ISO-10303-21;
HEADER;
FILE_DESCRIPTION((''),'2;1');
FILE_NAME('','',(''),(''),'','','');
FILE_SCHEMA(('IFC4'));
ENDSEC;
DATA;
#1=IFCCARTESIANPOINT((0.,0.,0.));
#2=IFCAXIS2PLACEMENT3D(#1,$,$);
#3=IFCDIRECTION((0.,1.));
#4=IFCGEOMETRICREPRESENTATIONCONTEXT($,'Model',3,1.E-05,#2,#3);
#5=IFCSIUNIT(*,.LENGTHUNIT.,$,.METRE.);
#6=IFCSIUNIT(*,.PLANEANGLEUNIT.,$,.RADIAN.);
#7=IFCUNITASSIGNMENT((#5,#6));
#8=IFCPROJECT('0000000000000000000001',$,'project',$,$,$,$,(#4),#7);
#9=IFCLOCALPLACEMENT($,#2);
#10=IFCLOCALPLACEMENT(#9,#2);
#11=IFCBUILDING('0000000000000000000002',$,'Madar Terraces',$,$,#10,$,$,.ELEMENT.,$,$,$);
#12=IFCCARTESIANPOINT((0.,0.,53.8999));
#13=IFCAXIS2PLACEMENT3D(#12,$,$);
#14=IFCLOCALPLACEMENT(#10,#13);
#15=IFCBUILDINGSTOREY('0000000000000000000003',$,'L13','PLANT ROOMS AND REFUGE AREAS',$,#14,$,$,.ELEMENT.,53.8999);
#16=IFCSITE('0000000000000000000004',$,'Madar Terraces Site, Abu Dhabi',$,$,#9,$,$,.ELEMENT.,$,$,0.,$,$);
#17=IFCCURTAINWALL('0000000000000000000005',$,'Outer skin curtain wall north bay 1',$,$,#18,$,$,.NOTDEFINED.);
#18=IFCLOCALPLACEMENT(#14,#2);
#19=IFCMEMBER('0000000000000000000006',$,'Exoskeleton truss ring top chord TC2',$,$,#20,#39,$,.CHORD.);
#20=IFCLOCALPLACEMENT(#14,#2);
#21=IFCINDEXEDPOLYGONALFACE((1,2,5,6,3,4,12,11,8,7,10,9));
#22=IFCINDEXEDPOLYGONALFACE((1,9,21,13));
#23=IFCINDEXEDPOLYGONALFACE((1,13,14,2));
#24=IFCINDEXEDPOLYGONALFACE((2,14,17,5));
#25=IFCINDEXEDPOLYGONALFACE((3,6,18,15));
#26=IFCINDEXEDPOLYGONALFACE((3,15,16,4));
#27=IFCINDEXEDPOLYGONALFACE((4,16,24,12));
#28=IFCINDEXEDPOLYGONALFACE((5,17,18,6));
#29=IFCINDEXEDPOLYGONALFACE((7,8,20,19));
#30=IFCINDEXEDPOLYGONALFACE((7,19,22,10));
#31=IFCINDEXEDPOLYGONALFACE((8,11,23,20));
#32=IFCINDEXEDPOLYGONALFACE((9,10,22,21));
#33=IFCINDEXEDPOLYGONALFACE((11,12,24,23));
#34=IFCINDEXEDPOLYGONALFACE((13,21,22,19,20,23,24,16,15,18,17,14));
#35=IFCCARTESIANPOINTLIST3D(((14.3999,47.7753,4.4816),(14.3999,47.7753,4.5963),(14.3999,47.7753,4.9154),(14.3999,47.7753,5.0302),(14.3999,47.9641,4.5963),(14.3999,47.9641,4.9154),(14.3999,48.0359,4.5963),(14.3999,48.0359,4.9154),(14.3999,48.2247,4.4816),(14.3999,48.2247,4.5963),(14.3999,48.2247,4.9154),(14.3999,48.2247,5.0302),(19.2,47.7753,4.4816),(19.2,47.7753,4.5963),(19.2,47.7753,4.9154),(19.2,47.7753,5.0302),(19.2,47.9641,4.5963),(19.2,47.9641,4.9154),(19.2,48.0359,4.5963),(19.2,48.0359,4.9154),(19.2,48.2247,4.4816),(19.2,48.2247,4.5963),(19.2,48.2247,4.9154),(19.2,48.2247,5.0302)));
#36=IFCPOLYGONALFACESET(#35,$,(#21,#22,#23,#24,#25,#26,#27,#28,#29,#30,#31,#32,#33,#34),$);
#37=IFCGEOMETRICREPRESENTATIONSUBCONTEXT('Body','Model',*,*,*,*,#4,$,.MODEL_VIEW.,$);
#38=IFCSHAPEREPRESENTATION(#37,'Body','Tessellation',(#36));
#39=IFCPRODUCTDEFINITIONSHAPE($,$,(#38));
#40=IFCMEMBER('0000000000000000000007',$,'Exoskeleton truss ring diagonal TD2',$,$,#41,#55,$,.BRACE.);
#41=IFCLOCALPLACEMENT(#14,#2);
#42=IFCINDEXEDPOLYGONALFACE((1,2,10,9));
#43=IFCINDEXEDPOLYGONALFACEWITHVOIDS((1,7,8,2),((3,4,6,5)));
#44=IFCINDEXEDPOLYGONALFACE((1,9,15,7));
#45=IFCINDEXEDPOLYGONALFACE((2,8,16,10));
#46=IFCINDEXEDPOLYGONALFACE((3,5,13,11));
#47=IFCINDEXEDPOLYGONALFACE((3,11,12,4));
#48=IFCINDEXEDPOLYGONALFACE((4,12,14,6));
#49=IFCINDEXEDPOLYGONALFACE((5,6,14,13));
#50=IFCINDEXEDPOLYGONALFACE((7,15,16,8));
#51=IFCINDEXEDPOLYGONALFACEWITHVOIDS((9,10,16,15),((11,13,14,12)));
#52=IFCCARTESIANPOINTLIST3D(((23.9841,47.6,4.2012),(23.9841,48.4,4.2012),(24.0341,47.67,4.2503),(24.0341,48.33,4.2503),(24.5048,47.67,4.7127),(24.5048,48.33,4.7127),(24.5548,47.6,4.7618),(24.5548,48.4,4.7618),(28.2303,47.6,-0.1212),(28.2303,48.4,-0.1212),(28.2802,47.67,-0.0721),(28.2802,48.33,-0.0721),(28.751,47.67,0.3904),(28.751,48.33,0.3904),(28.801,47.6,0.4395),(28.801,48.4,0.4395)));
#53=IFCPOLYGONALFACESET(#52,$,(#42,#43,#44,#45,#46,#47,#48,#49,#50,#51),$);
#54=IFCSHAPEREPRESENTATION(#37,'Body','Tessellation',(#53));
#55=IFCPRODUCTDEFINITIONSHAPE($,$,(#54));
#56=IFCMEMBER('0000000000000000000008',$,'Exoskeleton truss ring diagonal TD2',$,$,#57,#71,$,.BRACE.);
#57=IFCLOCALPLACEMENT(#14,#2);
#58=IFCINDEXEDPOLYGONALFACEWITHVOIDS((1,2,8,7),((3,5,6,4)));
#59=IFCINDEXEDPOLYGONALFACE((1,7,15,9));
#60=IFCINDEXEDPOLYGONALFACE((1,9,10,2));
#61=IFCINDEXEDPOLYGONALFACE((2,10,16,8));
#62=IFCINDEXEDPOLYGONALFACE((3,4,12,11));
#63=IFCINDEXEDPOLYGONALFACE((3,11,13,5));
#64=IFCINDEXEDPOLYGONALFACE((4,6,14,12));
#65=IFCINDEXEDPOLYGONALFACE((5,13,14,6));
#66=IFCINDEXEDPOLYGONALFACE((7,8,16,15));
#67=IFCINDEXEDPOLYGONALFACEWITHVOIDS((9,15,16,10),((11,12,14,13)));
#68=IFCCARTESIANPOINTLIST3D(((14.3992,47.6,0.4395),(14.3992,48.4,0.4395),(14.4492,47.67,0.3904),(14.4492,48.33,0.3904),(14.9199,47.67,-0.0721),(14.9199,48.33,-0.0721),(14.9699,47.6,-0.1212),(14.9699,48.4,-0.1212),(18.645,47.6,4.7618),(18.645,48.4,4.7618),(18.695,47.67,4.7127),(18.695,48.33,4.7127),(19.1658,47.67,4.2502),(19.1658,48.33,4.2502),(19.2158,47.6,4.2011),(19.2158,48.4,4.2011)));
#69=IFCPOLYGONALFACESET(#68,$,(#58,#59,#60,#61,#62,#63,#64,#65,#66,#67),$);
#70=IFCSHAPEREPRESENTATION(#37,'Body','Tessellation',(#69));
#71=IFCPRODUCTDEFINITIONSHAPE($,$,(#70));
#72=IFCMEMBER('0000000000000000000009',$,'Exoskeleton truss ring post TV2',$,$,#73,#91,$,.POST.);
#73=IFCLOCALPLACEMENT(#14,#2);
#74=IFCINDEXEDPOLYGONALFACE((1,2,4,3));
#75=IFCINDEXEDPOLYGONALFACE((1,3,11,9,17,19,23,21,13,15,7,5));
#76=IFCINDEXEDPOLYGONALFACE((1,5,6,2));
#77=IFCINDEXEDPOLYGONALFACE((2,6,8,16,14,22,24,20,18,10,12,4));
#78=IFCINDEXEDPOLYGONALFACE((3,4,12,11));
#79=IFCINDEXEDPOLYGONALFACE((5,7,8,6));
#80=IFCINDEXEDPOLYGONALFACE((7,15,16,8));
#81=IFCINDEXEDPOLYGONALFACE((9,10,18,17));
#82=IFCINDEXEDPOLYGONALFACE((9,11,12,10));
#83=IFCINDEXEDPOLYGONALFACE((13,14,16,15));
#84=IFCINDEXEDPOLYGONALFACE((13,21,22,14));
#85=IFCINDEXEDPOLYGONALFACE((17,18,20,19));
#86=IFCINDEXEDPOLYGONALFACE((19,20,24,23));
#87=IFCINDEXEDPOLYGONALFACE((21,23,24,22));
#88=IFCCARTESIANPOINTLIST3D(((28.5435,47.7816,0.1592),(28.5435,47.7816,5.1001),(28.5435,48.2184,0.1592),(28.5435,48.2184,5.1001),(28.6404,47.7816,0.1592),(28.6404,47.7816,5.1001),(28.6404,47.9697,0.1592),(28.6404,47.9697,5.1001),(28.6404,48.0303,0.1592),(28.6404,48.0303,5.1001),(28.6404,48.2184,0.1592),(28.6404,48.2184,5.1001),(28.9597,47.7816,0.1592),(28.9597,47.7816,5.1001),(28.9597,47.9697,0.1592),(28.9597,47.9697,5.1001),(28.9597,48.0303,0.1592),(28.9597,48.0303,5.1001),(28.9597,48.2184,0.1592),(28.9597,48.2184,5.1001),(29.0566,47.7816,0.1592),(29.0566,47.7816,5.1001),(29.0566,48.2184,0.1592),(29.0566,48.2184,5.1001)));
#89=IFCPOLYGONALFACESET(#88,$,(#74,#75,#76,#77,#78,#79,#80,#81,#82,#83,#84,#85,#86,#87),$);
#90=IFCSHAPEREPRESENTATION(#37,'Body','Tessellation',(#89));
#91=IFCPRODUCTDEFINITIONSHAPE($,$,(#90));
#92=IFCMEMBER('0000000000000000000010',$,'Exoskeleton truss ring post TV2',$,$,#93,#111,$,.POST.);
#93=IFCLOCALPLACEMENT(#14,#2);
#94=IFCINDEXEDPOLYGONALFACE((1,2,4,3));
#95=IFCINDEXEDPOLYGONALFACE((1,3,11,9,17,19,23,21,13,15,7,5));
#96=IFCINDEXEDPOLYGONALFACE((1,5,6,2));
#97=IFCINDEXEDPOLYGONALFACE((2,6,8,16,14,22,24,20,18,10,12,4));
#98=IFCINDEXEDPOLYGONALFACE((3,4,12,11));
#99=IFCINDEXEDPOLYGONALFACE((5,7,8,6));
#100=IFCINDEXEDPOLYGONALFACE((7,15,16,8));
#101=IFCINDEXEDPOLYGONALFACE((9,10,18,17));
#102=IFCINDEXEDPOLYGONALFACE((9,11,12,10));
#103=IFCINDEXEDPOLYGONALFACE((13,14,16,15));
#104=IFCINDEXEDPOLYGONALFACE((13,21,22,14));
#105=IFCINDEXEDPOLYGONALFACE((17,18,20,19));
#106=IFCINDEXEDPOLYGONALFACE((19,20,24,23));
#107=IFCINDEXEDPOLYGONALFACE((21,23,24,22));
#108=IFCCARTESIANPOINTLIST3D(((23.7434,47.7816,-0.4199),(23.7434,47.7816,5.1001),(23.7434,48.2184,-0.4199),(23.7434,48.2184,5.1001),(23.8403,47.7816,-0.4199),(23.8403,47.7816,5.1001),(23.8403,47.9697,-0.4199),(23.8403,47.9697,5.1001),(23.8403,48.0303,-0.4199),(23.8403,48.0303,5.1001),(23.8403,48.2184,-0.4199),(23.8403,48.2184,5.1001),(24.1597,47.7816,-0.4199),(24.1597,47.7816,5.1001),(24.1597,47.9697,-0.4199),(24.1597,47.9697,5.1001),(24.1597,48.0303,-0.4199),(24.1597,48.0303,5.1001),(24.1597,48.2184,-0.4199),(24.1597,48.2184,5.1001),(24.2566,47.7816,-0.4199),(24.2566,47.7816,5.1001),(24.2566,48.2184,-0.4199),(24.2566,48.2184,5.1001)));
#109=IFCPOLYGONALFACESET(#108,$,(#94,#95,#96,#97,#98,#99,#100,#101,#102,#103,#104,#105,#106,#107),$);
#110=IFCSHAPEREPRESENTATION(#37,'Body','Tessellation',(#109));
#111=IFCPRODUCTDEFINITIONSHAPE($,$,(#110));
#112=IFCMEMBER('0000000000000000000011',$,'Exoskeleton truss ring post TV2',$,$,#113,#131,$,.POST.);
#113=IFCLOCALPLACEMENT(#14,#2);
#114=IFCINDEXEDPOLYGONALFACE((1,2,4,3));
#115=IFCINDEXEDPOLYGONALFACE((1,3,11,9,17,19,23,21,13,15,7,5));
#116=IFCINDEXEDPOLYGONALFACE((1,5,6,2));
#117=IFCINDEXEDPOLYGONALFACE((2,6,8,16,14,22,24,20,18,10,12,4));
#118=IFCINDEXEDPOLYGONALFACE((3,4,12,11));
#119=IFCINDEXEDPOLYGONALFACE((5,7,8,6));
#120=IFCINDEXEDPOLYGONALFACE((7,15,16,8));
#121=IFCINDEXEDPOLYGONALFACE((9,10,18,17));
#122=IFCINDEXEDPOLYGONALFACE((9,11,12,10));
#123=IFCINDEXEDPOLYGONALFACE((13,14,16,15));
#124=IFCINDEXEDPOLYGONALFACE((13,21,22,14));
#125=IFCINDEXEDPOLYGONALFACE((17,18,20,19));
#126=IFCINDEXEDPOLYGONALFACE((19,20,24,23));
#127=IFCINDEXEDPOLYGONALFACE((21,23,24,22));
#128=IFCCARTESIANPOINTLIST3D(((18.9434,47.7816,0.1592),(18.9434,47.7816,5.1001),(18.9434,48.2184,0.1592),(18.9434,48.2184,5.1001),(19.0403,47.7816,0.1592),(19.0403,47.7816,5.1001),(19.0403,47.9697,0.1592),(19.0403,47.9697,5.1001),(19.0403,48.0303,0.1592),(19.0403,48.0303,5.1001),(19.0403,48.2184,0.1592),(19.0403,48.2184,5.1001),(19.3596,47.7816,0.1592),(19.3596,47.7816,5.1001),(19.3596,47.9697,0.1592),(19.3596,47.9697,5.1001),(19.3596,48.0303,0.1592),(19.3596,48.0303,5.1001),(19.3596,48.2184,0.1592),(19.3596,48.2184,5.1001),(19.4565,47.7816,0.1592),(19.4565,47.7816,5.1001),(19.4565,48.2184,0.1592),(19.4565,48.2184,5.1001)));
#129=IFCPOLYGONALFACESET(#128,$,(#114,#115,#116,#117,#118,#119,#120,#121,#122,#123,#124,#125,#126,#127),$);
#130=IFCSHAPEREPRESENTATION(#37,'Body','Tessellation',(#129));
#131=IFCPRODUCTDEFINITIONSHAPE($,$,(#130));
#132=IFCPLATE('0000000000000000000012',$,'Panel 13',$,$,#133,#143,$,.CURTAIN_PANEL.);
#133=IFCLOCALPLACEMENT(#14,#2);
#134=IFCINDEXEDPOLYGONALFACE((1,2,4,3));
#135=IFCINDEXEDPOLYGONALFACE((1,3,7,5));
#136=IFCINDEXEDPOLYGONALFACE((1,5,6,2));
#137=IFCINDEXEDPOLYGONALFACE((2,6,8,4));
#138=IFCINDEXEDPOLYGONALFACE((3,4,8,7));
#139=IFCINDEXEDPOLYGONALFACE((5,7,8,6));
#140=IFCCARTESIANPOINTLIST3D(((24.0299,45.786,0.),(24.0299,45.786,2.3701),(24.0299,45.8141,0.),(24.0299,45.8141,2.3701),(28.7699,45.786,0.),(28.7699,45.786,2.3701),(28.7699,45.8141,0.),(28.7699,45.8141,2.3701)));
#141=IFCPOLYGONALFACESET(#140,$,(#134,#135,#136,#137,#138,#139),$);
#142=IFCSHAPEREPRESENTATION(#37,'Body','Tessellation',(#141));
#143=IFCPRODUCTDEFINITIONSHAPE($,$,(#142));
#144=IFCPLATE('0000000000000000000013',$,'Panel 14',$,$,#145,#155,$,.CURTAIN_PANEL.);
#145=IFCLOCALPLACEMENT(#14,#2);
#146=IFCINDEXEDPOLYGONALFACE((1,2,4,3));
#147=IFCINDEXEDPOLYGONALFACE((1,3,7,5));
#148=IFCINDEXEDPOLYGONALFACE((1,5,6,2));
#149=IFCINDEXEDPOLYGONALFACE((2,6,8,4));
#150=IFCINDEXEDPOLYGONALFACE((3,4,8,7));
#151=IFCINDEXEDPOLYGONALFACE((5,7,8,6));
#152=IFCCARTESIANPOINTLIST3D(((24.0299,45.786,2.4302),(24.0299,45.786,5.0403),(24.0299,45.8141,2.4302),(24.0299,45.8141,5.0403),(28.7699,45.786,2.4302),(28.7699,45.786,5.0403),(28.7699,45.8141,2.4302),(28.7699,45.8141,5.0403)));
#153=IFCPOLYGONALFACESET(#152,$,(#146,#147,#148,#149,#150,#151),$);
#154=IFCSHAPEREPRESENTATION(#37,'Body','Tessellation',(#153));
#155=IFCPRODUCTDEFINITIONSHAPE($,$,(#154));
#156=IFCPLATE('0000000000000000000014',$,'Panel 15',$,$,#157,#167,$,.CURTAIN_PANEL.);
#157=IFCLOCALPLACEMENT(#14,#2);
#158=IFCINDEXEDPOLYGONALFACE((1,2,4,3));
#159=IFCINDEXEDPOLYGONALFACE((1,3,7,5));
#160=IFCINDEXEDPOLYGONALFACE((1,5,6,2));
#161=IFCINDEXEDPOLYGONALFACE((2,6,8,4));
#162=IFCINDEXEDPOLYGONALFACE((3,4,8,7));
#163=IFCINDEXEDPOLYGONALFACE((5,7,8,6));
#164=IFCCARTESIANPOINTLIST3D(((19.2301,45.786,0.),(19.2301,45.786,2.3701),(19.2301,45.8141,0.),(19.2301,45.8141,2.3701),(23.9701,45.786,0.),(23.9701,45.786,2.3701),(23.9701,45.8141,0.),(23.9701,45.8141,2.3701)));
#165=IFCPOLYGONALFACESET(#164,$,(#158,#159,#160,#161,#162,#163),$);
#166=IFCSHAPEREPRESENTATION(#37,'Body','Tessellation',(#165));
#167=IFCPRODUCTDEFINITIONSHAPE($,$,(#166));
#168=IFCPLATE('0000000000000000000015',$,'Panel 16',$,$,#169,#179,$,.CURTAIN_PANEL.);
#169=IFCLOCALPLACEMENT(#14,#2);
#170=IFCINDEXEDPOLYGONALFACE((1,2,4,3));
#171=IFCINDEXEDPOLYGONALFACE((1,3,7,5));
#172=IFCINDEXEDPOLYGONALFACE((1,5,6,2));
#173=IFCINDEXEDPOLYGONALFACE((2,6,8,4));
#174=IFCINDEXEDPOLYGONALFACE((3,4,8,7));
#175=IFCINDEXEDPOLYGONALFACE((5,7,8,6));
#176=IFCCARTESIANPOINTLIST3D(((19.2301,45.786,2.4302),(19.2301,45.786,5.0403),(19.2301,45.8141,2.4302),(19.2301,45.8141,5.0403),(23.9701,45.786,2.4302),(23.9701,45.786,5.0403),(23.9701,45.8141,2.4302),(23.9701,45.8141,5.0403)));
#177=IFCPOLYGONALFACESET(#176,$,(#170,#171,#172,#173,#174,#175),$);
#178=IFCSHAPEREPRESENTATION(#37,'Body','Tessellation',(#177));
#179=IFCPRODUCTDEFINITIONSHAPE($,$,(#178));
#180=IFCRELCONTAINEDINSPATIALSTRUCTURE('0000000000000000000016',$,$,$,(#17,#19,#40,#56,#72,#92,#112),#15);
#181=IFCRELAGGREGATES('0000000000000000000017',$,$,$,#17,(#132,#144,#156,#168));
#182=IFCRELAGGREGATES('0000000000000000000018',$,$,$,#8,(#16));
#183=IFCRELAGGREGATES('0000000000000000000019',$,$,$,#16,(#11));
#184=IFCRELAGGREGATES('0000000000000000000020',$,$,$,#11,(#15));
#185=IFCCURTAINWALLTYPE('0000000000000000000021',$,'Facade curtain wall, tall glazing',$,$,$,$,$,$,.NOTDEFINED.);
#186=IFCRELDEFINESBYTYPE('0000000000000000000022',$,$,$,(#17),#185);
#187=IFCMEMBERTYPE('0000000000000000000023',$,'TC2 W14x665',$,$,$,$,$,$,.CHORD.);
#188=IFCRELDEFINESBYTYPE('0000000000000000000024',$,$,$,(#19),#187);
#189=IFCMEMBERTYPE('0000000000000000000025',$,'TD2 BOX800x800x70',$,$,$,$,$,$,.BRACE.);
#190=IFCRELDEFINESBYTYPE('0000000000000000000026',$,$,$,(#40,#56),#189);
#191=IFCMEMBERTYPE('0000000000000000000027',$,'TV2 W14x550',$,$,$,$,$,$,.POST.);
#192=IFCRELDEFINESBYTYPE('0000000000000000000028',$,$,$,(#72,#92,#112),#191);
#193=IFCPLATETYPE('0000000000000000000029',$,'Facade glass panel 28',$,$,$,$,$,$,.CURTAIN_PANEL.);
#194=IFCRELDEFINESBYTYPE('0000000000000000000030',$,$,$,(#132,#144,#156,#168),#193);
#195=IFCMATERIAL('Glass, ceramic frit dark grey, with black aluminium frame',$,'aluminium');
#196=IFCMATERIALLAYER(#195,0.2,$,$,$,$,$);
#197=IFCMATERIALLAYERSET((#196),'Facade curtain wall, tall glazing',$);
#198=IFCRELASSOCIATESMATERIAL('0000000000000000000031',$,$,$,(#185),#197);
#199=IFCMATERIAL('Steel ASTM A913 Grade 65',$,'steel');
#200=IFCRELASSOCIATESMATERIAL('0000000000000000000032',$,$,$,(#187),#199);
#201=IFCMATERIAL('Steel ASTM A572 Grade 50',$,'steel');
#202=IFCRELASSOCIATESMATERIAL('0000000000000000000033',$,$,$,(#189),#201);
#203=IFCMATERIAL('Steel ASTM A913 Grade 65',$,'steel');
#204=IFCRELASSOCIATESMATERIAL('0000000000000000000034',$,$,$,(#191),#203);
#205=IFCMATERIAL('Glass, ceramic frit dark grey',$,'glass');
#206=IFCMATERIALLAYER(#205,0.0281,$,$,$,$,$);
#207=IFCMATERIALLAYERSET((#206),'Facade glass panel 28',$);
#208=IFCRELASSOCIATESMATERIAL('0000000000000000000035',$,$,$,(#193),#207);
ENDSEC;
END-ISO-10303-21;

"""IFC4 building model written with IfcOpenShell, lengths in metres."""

from ifc_helpers import new_model, si_unit, direction, frame, origin, origin_2d, place, context, subcontext, project, spatial, rectangle, hollow_rectangle, i_section, extrude, material, layer, layer_set, material_profile, profile_set, type_object, element, aggregate, save


model = new_model("IFC4")

# Units and contexts
model_context = context("Model", 3, precision=1e-05, world=origin(), true_north=direction((0.0, 1.0)))
body_context = subcontext(model_context, "Body", "Model", "MODEL_VIEW")
ifc_project = project(units=[si_unit("LENGTHUNIT", "METRE"), si_unit("PLANEANGLEUNIT", "RADIAN")], contexts=[model_context])

# Site, building, storey
site_placement = place(None, origin())
site = spatial("IfcSite", under=ifc_project, at=site_placement, Name="Madar Terraces Site, Abu Dhabi", CompositionType="ELEMENT", RefElevation=0.0)
building_placement = place(site_placement, origin())
building = spatial("IfcBuilding", under=site, at=building_placement, Name="Madar Terraces", CompositionType="ELEMENT")
storey_placement = place(building_placement, frame((0.0, 0.0, 53.8999)))
storey = spatial("IfcBuildingStorey", under=building, at=storey_placement, Name="L13", Description="PLANT ROOMS AND REFUGE AREAS", CompositionType="ELEMENT", Elevation=53.8999)

# Curtain wall
ifc_material_1 = material(Name="Glass, ceramic frit dark grey, with black aluminium frame", Category="aluminium")
ifc_layer_1 = layer(ifc_material_1, 0.2)
ifc_layer_set_1 = layer_set([ifc_layer_1], Name="Facade curtain wall, tall glazing")
curtain_wall_type = type_object("IfcCurtainWallType", Name="Facade curtain wall, tall glazing", PredefinedType="NOTDEFINED", material=ifc_layer_set_1)
curtain_wall_placement = place(storey_placement, origin())
curtain_wall = element("IfcCurtainWall", 1, at=curtain_wall_placement, inside=storey, type_object=curtain_wall_type, Name="Outer skin curtain wall north bay 1", PredefinedType="NOTDEFINED")

# Members
ifc_material_2 = material(Name="Steel ASTM A913 Grade 65", Category="steel")
ifc_material_profile_1 = material_profile(ifc_material_2, i_section(OverallWidth=0.4495, OverallDepth=0.5486, WebThickness=0.0718, FlangeThickness=0.1147, at=origin_2d()), Name="W14x665")
ifc_profile_set_1 = profile_set([ifc_material_profile_1], Name="Steel ASTM A913 Grade 65")
member_type_1 = type_object("IfcMemberType", Name="TC2 W14x665", PredefinedType="CHORD", material=ifc_profile_set_1)
for number, where, z_axis, x_axis, name in (
    (2, (19.2, 48.0, 4.7559), (-1.0, 0.0, 0.0), (0.0, -1.0, 0.0), "Exoskeleton truss ring top chord TC2"),
):
    element("IfcMember", number, at=place(storey_placement, frame(where, z_axis=z_axis, x_axis=x_axis)), inside=storey, type_object=member_type_1, Name=name, PredefinedType="CHORD", context=body_context, shape_type="SweptSolid", body=[
        extrude(i_section(OverallWidth=0.4495, OverallDepth=0.5486, WebThickness=0.0718, FlangeThickness=0.1147, at=origin_2d()), origin(), (0.0, 0.0, 1.0), 4.8),
    ])
ifc_material_3 = material(Name="Steel ASTM A572 Grade 50", Category="steel")
ifc_material_profile_2 = material_profile(ifc_material_3, hollow_rectangle(XDim=0.8, YDim=0.8, WallThickness=0.0701, at=origin_2d()), Name="BOX800x800x70")
ifc_profile_set_2 = profile_set([ifc_material_profile_2], Name="Steel ASTM A572 Grade 50")
member_type_2 = type_object("IfcMemberType", Name="TD2 BOX800x800x70", PredefinedType="BRACE", material=ifc_profile_set_2)
member_1_placement = place(storey_placement, frame((28.5156, 48.0, 0.1592), z_axis=(-0.700793, 0.0, 0.713365), x_axis=(0.0, -1.0, 0.0)))
element("IfcMember", 3, at=member_1_placement, inside=storey, type_object=member_type_2, Name="Exoskeleton truss ring diagonal TD2", PredefinedType="BRACE", context=body_context, shape_type="SweptSolid", body=[
    extrude(hollow_rectangle(XDim=0.8, YDim=0.8, WallThickness=0.0701, at=origin_2d()), origin(), (0.0, 0.0, 1.0), 6.0591),
])
member_2_placement = place(storey_placement, frame((18.9304, 48.0, 4.4814), z_axis=(-0.700772, 0.0, -0.713385), x_axis=(0.0, -1.0, 0.0)))
element("IfcMember", 4, at=member_2_placement, inside=storey, type_object=member_type_2, Name="Exoskeleton truss ring diagonal TD2", PredefinedType="BRACE", context=body_context, shape_type="SweptSolid", body=[
    extrude(hollow_rectangle(XDim=0.8, YDim=0.8, WallThickness=0.0701, at=origin_2d()), origin(), (0.0, 0.0, 1.0), 6.0588),
])
ifc_material_4 = material(Name="Steel ASTM A913 Grade 65", Category="steel")
ifc_material_profile_3 = material_profile(ifc_material_4, i_section(OverallWidth=0.4368, OverallDepth=0.5132, WebThickness=0.0605, FlangeThickness=0.0969, at=origin_2d()), Name="W14x550")
ifc_profile_set_3 = profile_set([ifc_material_profile_3], Name="Steel ASTM A913 Grade 65")
member_type_3 = type_object("IfcMemberType", Name="TV2 W14x550", PredefinedType="POST", material=ifc_profile_set_3)
member_3_placement = place(storey_placement, frame((28.8, 48.0, 0.1592), z_axis=(0.0, 0.0, 1.0), x_axis=(0.0, -1.0, 0.0)))
element("IfcMember", 5, at=member_3_placement, inside=storey, type_object=member_type_3, Name="Exoskeleton truss ring post TV2", PredefinedType="POST", context=body_context, shape_type="SweptSolid", body=[
    extrude(i_section(OverallWidth=0.4368, OverallDepth=0.5132, WebThickness=0.0605, FlangeThickness=0.0969, at=origin_2d()), origin(), (0.0, 0.0, 1.0), 4.9409),
])
member_4_placement = place(storey_placement, frame((24.0, 48.0, -0.4199), z_axis=(0.0, 0.0, 1.0), x_axis=(0.0, -1.0, 0.0)))
element("IfcMember", 6, at=member_4_placement, inside=storey, type_object=member_type_3, Name="Exoskeleton truss ring post TV2", PredefinedType="POST", context=body_context, shape_type="SweptSolid", body=[
    extrude(i_section(OverallWidth=0.4368, OverallDepth=0.5132, WebThickness=0.0605, FlangeThickness=0.0969, at=origin_2d()), origin(), (0.0, 0.0, 1.0), 5.52),
])
member_5_placement = place(storey_placement, frame((19.2, 48.0, 0.1592), z_axis=(0.0, 0.0, 1.0), x_axis=(0.0, -1.0, 0.0)))
element("IfcMember", 7, at=member_5_placement, inside=storey, type_object=member_type_3, Name="Exoskeleton truss ring post TV2", PredefinedType="POST", context=body_context, shape_type="SweptSolid", body=[
    extrude(i_section(OverallWidth=0.4368, OverallDepth=0.5132, WebThickness=0.0605, FlangeThickness=0.0969, at=origin_2d()), origin(), (0.0, 0.0, 1.0), 4.9409),
])

# Plates
ifc_material_5 = material(Name="Glass, ceramic frit dark grey", Category="glass")
ifc_layer_2 = layer(ifc_material_5, 0.0281)
ifc_layer_set_2 = layer_set([ifc_layer_2], Name="Facade glass panel 28")
plate_type = type_object("IfcPlateType", Name="Facade glass panel 28", PredefinedType="CURTAIN_PANEL", material=ifc_layer_set_2)
plate_1_placement = place(storey_placement, frame((26.3999, 45.8, 0.0), z_axis=(0.0, 0.0, 1.0), x_axis=(-1.0, 0.0, 0.0)))
plate_1 = element("IfcPlate", 8, at=plate_1_placement, type_object=plate_type, Name="Panel 13", PredefinedType="CURTAIN_PANEL", context=body_context, shape_type="SweptSolid", body=[
    extrude(rectangle(XDim=4.74, YDim=0.0281, at=origin_2d()), origin(), (0.0, 0.0, 1.0), 2.3701),
])
plate_2_placement = place(storey_placement, frame((26.3999, 45.8, 2.4302), z_axis=(0.0, 0.0, 1.0), x_axis=(-1.0, 0.0, 0.0)))
plate_2 = element("IfcPlate", 9, at=plate_2_placement, type_object=plate_type, Name="Panel 14", PredefinedType="CURTAIN_PANEL", context=body_context, shape_type="SweptSolid", body=[
    extrude(rectangle(XDim=4.74, YDim=0.0281, at=origin_2d()), origin(), (0.0, 0.0, 1.0), 2.6101),
])
plate_3_placement = place(storey_placement, frame((21.6001, 45.8, 0.0), z_axis=(0.0, 0.0, 1.0), x_axis=(-1.0, 0.0, 0.0)))
plate_3 = element("IfcPlate", 10, at=plate_3_placement, type_object=plate_type, Name="Panel 15", PredefinedType="CURTAIN_PANEL", context=body_context, shape_type="SweptSolid", body=[
    extrude(rectangle(XDim=4.74, YDim=0.0281, at=origin_2d()), origin(), (0.0, 0.0, 1.0), 2.3701),
])
plate_4_placement = place(storey_placement, frame((21.6001, 45.8, 2.4302), z_axis=(0.0, 0.0, 1.0), x_axis=(-1.0, 0.0, 0.0)))
plate_4 = element("IfcPlate", 11, at=plate_4_placement, type_object=plate_type, Name="Panel 16", PredefinedType="CURTAIN_PANEL", context=body_context, shape_type="SweptSolid", body=[
    extrude(rectangle(XDim=4.74, YDim=0.0281, at=origin_2d()), origin(), (0.0, 0.0, 1.0), 2.6101),
])
aggregate(curtain_wall, [plate_1, plate_2, plate_3, plate_4])

save(model, "model.ifc")
